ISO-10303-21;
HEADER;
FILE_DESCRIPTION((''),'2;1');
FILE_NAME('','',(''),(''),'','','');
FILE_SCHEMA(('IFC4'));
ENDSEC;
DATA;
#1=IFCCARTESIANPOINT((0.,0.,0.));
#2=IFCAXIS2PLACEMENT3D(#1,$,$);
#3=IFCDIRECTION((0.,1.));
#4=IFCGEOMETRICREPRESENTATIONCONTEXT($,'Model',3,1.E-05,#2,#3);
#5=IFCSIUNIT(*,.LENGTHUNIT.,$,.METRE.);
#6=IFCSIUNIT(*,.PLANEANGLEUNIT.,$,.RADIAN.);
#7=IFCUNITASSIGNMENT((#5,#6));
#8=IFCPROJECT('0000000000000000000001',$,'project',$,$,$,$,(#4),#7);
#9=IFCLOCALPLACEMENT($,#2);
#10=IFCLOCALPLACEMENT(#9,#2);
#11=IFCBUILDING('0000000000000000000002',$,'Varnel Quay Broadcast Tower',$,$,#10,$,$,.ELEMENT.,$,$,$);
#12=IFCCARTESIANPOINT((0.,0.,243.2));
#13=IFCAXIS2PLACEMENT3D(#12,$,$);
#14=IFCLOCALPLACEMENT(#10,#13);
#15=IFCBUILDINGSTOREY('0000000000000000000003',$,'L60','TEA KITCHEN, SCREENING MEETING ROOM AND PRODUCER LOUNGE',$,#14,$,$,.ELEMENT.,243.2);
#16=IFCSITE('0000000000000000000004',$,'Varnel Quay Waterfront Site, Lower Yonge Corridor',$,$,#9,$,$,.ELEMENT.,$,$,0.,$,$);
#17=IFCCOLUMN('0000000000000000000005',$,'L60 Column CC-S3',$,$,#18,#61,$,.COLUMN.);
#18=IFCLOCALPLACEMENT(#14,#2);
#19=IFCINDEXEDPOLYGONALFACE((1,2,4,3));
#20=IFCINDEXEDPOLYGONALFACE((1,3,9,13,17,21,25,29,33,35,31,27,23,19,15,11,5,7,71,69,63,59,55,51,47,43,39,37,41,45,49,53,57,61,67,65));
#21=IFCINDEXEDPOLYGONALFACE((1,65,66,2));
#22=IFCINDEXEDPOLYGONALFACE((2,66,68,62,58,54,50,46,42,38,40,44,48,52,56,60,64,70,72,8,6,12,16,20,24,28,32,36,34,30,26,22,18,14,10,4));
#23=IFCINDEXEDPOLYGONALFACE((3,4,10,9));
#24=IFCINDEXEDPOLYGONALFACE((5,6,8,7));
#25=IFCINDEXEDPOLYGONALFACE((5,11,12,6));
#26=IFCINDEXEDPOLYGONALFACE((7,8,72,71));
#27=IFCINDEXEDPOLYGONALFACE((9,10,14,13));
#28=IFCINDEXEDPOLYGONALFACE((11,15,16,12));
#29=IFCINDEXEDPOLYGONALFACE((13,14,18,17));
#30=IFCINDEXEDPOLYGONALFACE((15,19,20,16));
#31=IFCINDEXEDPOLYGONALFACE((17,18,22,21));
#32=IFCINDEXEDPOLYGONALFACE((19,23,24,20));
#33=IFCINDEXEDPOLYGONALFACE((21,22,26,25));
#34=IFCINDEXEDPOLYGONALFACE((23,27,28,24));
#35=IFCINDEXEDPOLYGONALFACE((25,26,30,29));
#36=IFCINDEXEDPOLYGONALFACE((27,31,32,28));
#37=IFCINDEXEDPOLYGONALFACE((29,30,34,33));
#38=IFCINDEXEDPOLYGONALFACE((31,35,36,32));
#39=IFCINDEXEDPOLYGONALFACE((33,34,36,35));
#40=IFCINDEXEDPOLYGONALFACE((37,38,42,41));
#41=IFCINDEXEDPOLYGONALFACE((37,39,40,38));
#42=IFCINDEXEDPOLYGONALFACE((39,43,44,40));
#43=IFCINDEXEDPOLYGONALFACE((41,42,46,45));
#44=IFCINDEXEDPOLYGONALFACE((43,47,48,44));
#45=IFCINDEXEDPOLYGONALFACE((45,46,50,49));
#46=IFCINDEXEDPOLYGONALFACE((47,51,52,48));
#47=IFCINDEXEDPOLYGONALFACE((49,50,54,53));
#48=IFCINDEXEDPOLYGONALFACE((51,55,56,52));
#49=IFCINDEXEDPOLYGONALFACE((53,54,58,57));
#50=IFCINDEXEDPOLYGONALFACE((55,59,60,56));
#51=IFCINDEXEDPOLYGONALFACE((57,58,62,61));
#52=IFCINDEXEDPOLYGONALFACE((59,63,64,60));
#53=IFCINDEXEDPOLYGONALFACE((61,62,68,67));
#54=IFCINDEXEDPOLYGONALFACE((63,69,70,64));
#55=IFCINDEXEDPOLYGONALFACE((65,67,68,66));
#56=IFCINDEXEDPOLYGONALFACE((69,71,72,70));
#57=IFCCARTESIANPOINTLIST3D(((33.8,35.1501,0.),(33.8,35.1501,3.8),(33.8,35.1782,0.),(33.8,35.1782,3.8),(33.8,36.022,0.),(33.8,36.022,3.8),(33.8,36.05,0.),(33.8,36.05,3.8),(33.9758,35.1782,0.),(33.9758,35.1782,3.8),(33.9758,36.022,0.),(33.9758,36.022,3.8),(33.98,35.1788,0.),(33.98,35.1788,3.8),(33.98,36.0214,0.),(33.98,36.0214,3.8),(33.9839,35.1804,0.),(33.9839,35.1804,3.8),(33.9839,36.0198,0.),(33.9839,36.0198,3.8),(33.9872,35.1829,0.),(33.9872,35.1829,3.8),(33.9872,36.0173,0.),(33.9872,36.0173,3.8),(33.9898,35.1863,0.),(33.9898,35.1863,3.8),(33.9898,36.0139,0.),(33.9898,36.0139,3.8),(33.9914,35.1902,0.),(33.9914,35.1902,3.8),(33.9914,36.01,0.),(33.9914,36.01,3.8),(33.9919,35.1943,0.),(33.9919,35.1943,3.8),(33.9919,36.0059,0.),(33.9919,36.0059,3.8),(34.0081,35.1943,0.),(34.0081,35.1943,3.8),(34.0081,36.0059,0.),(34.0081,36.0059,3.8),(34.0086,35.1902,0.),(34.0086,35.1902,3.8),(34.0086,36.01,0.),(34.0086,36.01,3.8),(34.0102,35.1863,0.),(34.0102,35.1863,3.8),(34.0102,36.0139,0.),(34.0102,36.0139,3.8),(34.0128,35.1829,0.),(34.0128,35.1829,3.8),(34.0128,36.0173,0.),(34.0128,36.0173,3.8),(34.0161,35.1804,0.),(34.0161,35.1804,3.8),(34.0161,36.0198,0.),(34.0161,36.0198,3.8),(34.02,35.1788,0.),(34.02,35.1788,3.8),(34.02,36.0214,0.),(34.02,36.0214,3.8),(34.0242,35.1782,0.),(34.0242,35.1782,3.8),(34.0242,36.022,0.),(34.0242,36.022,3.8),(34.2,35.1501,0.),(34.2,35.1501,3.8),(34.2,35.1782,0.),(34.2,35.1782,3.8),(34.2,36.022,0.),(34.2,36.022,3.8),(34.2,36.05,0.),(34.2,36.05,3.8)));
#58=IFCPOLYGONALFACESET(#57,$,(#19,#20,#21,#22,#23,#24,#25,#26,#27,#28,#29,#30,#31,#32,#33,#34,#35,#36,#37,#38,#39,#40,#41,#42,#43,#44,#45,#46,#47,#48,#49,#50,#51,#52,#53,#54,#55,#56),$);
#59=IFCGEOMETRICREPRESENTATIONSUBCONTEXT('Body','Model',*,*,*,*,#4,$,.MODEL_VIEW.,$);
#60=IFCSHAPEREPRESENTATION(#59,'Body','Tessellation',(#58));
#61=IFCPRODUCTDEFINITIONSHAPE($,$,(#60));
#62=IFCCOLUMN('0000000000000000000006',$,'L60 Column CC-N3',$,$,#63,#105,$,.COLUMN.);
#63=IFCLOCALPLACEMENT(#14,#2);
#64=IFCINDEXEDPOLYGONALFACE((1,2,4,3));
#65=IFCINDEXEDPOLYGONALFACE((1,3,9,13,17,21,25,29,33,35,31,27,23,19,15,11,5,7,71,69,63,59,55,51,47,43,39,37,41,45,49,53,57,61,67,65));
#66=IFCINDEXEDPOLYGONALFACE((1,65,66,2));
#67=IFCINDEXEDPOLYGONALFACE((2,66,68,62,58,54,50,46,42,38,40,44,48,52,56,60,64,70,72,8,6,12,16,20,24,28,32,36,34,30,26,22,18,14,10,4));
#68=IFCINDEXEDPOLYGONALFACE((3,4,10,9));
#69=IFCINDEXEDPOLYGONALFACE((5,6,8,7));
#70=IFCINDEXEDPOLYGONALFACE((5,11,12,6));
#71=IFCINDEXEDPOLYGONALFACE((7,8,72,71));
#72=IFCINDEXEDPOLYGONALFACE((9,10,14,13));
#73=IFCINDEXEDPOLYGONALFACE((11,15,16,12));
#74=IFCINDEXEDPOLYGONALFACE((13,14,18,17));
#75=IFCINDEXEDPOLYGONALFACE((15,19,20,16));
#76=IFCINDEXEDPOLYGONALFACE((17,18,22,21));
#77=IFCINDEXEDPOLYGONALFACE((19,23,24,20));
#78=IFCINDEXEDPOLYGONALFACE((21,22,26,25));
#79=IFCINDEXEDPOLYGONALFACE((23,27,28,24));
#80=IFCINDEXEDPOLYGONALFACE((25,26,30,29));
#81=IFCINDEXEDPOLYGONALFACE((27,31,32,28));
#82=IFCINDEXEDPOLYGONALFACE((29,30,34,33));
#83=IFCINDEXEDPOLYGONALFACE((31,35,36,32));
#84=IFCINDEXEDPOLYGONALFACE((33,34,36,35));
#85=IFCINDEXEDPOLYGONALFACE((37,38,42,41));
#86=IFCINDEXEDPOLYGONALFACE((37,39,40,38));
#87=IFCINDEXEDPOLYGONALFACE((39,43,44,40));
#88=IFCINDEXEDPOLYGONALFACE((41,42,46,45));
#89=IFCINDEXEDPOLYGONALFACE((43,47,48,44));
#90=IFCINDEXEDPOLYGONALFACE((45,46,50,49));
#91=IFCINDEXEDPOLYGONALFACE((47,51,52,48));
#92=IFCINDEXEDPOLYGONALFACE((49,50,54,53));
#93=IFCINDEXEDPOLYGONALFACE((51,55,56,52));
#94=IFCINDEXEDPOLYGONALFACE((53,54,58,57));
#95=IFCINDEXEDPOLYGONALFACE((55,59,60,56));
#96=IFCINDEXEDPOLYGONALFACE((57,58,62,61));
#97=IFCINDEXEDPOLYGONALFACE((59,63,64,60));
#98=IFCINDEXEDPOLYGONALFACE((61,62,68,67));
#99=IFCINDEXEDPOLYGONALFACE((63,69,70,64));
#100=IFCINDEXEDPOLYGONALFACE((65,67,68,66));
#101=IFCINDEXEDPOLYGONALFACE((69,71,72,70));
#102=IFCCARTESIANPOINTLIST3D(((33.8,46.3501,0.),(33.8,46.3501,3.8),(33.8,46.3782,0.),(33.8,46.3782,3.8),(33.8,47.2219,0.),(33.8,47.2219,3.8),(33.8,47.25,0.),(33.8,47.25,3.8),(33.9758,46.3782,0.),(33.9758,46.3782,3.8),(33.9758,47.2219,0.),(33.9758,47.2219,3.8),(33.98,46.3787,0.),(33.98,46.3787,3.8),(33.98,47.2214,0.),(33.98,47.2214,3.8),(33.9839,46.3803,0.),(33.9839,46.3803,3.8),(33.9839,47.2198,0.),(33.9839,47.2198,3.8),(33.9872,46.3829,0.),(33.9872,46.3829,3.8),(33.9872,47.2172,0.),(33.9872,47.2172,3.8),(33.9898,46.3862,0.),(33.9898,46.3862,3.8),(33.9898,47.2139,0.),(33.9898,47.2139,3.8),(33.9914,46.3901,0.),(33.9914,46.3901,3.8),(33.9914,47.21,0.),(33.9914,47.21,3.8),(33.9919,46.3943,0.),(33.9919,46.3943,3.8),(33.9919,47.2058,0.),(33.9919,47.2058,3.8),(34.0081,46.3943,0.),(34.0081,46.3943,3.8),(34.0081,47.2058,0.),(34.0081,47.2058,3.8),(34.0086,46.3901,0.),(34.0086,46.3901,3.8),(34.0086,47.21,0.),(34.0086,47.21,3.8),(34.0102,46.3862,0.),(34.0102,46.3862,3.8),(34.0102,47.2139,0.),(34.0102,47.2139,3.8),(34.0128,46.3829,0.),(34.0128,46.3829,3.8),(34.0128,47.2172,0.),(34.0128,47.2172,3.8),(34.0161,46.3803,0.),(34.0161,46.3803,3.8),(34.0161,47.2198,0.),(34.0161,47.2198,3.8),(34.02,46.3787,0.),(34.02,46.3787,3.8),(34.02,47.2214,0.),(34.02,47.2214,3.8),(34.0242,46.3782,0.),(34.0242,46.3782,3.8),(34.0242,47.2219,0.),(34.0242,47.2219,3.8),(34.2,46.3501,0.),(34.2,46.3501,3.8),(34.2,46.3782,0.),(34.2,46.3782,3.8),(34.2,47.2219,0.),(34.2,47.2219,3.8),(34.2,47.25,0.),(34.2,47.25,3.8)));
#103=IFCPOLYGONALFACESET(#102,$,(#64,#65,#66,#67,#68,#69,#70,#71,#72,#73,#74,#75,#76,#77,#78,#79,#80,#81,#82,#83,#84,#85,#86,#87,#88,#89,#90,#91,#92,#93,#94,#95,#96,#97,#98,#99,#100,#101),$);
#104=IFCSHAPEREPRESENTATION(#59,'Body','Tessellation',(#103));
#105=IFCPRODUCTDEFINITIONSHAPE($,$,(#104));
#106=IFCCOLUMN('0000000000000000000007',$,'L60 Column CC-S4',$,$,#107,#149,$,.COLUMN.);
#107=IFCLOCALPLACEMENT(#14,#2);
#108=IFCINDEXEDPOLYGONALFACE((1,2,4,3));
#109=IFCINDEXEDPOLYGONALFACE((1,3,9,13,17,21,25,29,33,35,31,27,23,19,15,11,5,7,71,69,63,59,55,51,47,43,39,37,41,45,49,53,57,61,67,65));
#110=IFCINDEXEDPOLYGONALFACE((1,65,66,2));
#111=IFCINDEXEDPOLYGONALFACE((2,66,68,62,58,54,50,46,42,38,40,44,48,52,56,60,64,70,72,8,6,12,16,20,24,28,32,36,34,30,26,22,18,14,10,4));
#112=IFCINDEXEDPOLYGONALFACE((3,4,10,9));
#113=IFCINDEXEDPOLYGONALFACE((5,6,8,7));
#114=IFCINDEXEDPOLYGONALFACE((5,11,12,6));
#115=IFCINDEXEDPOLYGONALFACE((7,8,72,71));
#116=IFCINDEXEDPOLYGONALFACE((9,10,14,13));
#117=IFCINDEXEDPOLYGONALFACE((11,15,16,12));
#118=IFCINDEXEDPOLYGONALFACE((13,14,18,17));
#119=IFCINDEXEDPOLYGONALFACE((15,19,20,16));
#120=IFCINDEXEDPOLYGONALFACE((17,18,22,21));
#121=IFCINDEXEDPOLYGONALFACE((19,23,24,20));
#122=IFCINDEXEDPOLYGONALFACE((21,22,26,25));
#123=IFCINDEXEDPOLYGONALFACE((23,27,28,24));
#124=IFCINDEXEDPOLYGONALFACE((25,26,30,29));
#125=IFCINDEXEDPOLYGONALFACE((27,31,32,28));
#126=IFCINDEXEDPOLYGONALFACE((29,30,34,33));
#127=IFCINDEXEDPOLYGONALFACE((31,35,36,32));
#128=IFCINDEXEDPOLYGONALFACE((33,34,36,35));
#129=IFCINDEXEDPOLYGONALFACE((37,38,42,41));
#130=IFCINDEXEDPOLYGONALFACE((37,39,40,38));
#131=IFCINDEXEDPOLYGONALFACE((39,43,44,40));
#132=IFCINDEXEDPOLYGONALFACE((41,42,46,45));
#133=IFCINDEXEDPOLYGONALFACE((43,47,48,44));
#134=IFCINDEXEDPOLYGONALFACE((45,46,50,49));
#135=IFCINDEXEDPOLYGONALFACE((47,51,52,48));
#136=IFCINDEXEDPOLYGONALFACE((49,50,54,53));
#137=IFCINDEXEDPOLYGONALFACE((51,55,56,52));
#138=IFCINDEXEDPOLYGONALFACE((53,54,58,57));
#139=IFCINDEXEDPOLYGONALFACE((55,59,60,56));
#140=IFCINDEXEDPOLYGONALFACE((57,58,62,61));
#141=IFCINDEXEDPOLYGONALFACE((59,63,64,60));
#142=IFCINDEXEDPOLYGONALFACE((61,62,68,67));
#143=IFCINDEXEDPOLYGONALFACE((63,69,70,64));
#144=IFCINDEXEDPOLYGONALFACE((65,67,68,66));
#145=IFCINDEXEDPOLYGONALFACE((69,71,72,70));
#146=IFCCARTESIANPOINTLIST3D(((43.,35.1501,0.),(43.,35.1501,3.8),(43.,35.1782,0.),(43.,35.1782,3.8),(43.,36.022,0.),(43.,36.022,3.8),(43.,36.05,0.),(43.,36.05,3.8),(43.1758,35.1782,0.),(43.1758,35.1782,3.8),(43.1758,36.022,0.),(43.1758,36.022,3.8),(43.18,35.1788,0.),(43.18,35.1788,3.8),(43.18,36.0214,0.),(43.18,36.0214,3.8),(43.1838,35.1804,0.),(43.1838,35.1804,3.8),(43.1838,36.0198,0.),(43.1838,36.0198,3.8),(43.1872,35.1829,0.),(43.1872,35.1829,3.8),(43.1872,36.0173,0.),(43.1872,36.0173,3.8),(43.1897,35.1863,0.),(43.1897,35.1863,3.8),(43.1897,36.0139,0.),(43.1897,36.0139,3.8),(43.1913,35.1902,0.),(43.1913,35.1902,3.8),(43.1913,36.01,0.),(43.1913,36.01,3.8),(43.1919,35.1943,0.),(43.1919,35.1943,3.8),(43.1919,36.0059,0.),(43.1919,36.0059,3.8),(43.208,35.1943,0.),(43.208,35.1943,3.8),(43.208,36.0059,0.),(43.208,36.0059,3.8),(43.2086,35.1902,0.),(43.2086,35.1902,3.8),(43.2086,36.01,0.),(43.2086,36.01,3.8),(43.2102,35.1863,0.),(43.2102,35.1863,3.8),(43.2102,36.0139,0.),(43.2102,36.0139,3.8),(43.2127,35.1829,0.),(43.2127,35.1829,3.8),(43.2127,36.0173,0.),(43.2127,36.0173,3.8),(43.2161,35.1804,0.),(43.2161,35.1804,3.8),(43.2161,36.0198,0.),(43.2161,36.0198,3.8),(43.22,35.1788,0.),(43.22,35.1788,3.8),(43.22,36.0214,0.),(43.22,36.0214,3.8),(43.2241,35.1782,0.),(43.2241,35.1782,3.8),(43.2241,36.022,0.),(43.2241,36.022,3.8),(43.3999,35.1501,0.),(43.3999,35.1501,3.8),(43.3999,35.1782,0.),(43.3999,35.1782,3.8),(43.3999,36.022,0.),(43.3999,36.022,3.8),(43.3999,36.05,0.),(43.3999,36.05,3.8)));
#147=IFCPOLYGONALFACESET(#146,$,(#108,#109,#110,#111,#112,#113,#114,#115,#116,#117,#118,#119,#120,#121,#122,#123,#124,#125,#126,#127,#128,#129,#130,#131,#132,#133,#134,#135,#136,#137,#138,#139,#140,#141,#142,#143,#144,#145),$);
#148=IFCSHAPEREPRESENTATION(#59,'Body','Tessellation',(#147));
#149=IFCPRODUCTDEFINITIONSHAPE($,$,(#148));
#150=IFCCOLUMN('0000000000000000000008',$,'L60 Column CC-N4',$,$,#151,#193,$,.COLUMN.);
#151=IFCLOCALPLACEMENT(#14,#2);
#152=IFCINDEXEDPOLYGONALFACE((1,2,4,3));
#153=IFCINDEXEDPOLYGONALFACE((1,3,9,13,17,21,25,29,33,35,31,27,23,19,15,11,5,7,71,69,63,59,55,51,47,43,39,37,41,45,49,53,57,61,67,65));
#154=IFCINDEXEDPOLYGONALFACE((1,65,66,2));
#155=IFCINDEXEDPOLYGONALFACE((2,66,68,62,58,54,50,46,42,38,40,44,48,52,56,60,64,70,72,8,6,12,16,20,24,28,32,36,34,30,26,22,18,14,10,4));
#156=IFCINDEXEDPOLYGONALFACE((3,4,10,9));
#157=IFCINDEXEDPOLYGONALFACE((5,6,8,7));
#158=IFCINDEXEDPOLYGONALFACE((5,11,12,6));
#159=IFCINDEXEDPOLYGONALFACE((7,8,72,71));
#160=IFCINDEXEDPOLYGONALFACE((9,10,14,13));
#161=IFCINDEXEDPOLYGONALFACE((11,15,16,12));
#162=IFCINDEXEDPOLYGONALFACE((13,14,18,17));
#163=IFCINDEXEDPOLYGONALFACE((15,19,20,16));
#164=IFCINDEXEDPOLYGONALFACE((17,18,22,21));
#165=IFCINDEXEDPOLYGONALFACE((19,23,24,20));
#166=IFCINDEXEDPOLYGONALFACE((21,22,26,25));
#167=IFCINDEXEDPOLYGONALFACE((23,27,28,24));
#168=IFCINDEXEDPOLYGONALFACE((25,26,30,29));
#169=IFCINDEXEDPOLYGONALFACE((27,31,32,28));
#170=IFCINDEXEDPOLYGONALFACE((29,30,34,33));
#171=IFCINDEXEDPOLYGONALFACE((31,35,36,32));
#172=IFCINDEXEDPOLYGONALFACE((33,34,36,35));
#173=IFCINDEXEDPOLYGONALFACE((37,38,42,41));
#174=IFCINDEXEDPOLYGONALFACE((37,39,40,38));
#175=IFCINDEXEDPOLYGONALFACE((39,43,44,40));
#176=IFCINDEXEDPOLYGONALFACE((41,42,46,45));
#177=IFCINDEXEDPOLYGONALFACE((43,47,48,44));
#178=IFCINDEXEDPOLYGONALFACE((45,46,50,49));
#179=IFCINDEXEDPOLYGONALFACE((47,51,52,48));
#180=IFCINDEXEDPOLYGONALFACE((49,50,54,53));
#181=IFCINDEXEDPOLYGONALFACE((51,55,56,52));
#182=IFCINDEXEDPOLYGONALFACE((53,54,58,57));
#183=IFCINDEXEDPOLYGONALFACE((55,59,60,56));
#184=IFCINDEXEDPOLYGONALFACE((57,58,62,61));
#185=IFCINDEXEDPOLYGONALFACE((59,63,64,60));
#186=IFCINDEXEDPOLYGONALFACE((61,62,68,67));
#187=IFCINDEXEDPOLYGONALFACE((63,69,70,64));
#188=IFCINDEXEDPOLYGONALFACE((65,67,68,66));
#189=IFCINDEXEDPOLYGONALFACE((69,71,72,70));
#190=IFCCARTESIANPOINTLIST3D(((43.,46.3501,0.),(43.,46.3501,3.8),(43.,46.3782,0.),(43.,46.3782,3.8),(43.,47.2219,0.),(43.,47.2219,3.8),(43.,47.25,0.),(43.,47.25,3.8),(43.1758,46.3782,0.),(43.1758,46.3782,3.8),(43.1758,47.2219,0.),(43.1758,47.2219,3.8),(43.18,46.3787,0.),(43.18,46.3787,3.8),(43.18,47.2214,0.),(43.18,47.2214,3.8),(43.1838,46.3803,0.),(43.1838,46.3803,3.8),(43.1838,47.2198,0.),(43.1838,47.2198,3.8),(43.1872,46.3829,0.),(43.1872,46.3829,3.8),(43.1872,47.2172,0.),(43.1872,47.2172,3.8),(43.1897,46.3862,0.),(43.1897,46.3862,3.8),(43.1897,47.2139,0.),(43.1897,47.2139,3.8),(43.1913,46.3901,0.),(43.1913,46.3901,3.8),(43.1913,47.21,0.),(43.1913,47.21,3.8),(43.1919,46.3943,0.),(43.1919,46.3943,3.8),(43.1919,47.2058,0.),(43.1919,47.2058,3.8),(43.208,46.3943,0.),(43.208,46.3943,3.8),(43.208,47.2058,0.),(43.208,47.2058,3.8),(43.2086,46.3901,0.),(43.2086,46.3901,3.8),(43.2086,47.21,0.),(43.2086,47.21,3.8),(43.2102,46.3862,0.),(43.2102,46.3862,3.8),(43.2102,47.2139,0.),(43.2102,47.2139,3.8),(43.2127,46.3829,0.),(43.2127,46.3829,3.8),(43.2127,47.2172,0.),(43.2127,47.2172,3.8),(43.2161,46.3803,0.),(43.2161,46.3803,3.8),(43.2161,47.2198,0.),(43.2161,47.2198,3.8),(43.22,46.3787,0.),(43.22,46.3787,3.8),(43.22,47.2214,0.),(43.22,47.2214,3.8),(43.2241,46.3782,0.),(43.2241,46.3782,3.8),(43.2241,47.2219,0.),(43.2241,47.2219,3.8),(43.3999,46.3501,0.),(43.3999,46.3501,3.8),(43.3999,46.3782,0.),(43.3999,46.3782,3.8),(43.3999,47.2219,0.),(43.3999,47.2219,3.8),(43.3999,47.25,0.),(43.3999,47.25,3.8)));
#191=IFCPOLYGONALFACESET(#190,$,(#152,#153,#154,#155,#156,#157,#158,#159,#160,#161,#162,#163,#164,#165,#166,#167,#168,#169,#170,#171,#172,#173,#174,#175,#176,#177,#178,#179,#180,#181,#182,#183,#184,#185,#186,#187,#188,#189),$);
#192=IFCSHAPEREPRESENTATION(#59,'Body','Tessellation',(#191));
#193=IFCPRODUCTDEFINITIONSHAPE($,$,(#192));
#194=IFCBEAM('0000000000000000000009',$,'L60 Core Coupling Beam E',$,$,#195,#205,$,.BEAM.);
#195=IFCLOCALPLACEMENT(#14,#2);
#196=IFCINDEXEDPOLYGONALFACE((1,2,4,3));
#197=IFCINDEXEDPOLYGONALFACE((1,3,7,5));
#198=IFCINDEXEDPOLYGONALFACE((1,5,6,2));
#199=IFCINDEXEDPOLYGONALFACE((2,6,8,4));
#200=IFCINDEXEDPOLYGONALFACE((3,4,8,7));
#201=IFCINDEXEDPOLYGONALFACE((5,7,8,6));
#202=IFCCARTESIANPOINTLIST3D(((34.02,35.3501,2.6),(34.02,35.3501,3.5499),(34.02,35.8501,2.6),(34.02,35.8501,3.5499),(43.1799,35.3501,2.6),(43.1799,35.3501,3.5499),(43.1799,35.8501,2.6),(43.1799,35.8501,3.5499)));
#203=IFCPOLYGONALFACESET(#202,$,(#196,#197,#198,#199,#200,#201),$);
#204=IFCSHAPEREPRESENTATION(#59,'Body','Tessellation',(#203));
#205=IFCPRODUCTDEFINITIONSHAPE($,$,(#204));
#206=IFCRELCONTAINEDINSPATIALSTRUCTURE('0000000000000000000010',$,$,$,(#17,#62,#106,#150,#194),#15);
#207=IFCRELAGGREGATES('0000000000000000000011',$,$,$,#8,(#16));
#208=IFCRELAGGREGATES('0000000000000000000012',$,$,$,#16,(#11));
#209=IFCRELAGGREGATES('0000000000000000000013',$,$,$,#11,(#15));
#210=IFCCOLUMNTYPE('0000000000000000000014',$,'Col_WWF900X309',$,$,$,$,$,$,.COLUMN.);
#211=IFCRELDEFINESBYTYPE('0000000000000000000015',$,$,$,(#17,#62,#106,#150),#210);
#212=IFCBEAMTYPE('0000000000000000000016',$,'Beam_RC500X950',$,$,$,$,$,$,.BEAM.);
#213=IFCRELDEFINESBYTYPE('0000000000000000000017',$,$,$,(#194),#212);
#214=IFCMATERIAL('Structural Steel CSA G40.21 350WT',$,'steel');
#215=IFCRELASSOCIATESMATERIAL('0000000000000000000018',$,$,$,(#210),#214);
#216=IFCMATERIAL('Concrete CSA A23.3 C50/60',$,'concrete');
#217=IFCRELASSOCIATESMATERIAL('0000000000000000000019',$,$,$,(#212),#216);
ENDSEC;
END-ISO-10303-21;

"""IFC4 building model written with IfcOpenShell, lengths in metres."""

from ifc_helpers import new_model, si_unit, direction, frame, origin, origin_2d, place, context, subcontext, project, spatial, rectangle, i_section, extrude, source, transform, mapped, material, material_profile, profile_set, type_object, type_shapes, element, save


model = new_model("IFC4")

# Units and contexts
model_context = context("Model", 3, precision=1e-05, world=origin(), true_north=direction((0.0, 1.0)))
body_context = subcontext(model_context, "Body", "Model", "MODEL_VIEW")
ifc_project = project(units=[si_unit("LENGTHUNIT", "METRE"), si_unit("PLANEANGLEUNIT", "RADIAN")], contexts=[model_context])

# Site, building, storey
site_placement = place(None, origin())
site = spatial("IfcSite", under=ifc_project, at=site_placement, Name="Varnel Quay Waterfront Site, Lower Yonge Corridor", CompositionType="ELEMENT", RefElevation=0.0)
building_placement = place(site_placement, origin())
building = spatial("IfcBuilding", under=site, at=building_placement, Name="Varnel Quay Broadcast Tower", CompositionType="ELEMENT")
storey_placement = place(building_placement, frame((0.0, 0.0, 243.2)))
storey = spatial("IfcBuildingStorey", under=building, at=storey_placement, Name="L60", Description="TEA KITCHEN, SCREENING MEETING ROOM AND PRODUCER LOUNGE", CompositionType="ELEMENT", Elevation=243.2)

# Columns
ifc_material_1 = material(Name="Structural Steel CSA G40.21 350WT", Category="steel")
ifc_material_profile_1 = material_profile(ifc_material_1, i_section(OverallWidth=0.3999, OverallDepth=0.8999, WebThickness=0.0161, FlangeThickness=0.0281, FilletRadius=0.0161, at=origin_2d()), Name="WWF900X309")
ifc_profile_set_1 = profile_set([ifc_material_profile_1], Name="Structural Steel CSA G40.21 350WT")
column_type = type_object("IfcColumnType", Name="Col_WWF900X309", PredefinedType="COLUMN", material=ifc_profile_set_1)
shared_shape_1 = source(origin(), body_context, "Body", "SweptSolid", [
    extrude(i_section(OverallWidth=0.3999, OverallDepth=0.8999, WebThickness=0.0161, FlangeThickness=0.0281, FilletRadius=0.0161, at=origin_2d()), origin(), (0.0, 0.0, 1.0), 3.8),
])
type_shapes(column_type, [shared_shape_1])
for number, where, z_axis, x_axis, name in (
    (1, (34.0, 35.6001, 0.0), (0.0, 0.0, 1.0), (1.0, 0.0, 0.0), "L60 Column CC-S3"),
    (2, (34.0, 46.8, 0.0), (0.0, 0.0, 1.0), (1.0, 0.0, 0.0), "L60 Column CC-N3"),
    (3, (43.2, 35.6001, 0.0), (0.0, 0.0, 1.0), (1.0, 0.0, 0.0), "L60 Column CC-S4"),
    (4, (43.2, 46.8, 0.0), (0.0, 0.0, 1.0), (1.0, 0.0, 0.0), "L60 Column CC-N4"),
):
    element("IfcColumn", number, at=place(storey_placement, frame(where, z_axis=z_axis, x_axis=x_axis)), inside=storey, type_object=column_type, Name=name, PredefinedType="COLUMN", context=body_context, shape_type="MappedRepresentation", body=[
        mapped(shared_shape_1, transform((0.0, 0.0, 0.0), x_axis=(1.0, 0.0, 0.0), y_axis=(0.0, 1.0, 0.0), z_axis=(0.0, 0.0, 1.0), scale=1.0)),
    ])

# Beam
ifc_material_2 = material(Name="Concrete CSA A23.3 C50/60", Category="concrete")
ifc_material_profile_2 = material_profile(ifc_material_2, rectangle(XDim=0.5, YDim=0.95, at=origin_2d()), Name="RC500X950")
ifc_profile_set_2 = profile_set([ifc_material_profile_2], Name="Concrete CSA A23.3 C50/60")
beam_type = type_object("IfcBeamType", Name="Beam_RC500X950", PredefinedType="BEAM", material=ifc_profile_set_2)
shared_shape_2 = source(origin(), body_context, "Body", "SweptSolid", [
    extrude(rectangle(XDim=0.5, YDim=0.95, at=origin_2d()), origin(), (0.0, 0.0, 1.0), 9.1599),
])
type_shapes(beam_type, [shared_shape_2])
beam_placement = place(storey_placement, frame((34.02, 35.6001, 3.075), z_axis=(1.0, 0.0, 0.0), x_axis=(0.0, 1.0, 0.0)))
element("IfcBeam", 5, at=beam_placement, inside=storey, type_object=beam_type, Name="L60 Core Coupling Beam E", PredefinedType="BEAM", context=body_context, shape_type="MappedRepresentation", body=[
    mapped(shared_shape_2, transform((0.0, 0.0, 0.0), x_axis=(1.0, 0.0, 0.0), y_axis=(0.0, 1.0, 0.0), z_axis=(0.0, 0.0, 1.0), scale=1.0)),
])

save(model, "model.ifc")
